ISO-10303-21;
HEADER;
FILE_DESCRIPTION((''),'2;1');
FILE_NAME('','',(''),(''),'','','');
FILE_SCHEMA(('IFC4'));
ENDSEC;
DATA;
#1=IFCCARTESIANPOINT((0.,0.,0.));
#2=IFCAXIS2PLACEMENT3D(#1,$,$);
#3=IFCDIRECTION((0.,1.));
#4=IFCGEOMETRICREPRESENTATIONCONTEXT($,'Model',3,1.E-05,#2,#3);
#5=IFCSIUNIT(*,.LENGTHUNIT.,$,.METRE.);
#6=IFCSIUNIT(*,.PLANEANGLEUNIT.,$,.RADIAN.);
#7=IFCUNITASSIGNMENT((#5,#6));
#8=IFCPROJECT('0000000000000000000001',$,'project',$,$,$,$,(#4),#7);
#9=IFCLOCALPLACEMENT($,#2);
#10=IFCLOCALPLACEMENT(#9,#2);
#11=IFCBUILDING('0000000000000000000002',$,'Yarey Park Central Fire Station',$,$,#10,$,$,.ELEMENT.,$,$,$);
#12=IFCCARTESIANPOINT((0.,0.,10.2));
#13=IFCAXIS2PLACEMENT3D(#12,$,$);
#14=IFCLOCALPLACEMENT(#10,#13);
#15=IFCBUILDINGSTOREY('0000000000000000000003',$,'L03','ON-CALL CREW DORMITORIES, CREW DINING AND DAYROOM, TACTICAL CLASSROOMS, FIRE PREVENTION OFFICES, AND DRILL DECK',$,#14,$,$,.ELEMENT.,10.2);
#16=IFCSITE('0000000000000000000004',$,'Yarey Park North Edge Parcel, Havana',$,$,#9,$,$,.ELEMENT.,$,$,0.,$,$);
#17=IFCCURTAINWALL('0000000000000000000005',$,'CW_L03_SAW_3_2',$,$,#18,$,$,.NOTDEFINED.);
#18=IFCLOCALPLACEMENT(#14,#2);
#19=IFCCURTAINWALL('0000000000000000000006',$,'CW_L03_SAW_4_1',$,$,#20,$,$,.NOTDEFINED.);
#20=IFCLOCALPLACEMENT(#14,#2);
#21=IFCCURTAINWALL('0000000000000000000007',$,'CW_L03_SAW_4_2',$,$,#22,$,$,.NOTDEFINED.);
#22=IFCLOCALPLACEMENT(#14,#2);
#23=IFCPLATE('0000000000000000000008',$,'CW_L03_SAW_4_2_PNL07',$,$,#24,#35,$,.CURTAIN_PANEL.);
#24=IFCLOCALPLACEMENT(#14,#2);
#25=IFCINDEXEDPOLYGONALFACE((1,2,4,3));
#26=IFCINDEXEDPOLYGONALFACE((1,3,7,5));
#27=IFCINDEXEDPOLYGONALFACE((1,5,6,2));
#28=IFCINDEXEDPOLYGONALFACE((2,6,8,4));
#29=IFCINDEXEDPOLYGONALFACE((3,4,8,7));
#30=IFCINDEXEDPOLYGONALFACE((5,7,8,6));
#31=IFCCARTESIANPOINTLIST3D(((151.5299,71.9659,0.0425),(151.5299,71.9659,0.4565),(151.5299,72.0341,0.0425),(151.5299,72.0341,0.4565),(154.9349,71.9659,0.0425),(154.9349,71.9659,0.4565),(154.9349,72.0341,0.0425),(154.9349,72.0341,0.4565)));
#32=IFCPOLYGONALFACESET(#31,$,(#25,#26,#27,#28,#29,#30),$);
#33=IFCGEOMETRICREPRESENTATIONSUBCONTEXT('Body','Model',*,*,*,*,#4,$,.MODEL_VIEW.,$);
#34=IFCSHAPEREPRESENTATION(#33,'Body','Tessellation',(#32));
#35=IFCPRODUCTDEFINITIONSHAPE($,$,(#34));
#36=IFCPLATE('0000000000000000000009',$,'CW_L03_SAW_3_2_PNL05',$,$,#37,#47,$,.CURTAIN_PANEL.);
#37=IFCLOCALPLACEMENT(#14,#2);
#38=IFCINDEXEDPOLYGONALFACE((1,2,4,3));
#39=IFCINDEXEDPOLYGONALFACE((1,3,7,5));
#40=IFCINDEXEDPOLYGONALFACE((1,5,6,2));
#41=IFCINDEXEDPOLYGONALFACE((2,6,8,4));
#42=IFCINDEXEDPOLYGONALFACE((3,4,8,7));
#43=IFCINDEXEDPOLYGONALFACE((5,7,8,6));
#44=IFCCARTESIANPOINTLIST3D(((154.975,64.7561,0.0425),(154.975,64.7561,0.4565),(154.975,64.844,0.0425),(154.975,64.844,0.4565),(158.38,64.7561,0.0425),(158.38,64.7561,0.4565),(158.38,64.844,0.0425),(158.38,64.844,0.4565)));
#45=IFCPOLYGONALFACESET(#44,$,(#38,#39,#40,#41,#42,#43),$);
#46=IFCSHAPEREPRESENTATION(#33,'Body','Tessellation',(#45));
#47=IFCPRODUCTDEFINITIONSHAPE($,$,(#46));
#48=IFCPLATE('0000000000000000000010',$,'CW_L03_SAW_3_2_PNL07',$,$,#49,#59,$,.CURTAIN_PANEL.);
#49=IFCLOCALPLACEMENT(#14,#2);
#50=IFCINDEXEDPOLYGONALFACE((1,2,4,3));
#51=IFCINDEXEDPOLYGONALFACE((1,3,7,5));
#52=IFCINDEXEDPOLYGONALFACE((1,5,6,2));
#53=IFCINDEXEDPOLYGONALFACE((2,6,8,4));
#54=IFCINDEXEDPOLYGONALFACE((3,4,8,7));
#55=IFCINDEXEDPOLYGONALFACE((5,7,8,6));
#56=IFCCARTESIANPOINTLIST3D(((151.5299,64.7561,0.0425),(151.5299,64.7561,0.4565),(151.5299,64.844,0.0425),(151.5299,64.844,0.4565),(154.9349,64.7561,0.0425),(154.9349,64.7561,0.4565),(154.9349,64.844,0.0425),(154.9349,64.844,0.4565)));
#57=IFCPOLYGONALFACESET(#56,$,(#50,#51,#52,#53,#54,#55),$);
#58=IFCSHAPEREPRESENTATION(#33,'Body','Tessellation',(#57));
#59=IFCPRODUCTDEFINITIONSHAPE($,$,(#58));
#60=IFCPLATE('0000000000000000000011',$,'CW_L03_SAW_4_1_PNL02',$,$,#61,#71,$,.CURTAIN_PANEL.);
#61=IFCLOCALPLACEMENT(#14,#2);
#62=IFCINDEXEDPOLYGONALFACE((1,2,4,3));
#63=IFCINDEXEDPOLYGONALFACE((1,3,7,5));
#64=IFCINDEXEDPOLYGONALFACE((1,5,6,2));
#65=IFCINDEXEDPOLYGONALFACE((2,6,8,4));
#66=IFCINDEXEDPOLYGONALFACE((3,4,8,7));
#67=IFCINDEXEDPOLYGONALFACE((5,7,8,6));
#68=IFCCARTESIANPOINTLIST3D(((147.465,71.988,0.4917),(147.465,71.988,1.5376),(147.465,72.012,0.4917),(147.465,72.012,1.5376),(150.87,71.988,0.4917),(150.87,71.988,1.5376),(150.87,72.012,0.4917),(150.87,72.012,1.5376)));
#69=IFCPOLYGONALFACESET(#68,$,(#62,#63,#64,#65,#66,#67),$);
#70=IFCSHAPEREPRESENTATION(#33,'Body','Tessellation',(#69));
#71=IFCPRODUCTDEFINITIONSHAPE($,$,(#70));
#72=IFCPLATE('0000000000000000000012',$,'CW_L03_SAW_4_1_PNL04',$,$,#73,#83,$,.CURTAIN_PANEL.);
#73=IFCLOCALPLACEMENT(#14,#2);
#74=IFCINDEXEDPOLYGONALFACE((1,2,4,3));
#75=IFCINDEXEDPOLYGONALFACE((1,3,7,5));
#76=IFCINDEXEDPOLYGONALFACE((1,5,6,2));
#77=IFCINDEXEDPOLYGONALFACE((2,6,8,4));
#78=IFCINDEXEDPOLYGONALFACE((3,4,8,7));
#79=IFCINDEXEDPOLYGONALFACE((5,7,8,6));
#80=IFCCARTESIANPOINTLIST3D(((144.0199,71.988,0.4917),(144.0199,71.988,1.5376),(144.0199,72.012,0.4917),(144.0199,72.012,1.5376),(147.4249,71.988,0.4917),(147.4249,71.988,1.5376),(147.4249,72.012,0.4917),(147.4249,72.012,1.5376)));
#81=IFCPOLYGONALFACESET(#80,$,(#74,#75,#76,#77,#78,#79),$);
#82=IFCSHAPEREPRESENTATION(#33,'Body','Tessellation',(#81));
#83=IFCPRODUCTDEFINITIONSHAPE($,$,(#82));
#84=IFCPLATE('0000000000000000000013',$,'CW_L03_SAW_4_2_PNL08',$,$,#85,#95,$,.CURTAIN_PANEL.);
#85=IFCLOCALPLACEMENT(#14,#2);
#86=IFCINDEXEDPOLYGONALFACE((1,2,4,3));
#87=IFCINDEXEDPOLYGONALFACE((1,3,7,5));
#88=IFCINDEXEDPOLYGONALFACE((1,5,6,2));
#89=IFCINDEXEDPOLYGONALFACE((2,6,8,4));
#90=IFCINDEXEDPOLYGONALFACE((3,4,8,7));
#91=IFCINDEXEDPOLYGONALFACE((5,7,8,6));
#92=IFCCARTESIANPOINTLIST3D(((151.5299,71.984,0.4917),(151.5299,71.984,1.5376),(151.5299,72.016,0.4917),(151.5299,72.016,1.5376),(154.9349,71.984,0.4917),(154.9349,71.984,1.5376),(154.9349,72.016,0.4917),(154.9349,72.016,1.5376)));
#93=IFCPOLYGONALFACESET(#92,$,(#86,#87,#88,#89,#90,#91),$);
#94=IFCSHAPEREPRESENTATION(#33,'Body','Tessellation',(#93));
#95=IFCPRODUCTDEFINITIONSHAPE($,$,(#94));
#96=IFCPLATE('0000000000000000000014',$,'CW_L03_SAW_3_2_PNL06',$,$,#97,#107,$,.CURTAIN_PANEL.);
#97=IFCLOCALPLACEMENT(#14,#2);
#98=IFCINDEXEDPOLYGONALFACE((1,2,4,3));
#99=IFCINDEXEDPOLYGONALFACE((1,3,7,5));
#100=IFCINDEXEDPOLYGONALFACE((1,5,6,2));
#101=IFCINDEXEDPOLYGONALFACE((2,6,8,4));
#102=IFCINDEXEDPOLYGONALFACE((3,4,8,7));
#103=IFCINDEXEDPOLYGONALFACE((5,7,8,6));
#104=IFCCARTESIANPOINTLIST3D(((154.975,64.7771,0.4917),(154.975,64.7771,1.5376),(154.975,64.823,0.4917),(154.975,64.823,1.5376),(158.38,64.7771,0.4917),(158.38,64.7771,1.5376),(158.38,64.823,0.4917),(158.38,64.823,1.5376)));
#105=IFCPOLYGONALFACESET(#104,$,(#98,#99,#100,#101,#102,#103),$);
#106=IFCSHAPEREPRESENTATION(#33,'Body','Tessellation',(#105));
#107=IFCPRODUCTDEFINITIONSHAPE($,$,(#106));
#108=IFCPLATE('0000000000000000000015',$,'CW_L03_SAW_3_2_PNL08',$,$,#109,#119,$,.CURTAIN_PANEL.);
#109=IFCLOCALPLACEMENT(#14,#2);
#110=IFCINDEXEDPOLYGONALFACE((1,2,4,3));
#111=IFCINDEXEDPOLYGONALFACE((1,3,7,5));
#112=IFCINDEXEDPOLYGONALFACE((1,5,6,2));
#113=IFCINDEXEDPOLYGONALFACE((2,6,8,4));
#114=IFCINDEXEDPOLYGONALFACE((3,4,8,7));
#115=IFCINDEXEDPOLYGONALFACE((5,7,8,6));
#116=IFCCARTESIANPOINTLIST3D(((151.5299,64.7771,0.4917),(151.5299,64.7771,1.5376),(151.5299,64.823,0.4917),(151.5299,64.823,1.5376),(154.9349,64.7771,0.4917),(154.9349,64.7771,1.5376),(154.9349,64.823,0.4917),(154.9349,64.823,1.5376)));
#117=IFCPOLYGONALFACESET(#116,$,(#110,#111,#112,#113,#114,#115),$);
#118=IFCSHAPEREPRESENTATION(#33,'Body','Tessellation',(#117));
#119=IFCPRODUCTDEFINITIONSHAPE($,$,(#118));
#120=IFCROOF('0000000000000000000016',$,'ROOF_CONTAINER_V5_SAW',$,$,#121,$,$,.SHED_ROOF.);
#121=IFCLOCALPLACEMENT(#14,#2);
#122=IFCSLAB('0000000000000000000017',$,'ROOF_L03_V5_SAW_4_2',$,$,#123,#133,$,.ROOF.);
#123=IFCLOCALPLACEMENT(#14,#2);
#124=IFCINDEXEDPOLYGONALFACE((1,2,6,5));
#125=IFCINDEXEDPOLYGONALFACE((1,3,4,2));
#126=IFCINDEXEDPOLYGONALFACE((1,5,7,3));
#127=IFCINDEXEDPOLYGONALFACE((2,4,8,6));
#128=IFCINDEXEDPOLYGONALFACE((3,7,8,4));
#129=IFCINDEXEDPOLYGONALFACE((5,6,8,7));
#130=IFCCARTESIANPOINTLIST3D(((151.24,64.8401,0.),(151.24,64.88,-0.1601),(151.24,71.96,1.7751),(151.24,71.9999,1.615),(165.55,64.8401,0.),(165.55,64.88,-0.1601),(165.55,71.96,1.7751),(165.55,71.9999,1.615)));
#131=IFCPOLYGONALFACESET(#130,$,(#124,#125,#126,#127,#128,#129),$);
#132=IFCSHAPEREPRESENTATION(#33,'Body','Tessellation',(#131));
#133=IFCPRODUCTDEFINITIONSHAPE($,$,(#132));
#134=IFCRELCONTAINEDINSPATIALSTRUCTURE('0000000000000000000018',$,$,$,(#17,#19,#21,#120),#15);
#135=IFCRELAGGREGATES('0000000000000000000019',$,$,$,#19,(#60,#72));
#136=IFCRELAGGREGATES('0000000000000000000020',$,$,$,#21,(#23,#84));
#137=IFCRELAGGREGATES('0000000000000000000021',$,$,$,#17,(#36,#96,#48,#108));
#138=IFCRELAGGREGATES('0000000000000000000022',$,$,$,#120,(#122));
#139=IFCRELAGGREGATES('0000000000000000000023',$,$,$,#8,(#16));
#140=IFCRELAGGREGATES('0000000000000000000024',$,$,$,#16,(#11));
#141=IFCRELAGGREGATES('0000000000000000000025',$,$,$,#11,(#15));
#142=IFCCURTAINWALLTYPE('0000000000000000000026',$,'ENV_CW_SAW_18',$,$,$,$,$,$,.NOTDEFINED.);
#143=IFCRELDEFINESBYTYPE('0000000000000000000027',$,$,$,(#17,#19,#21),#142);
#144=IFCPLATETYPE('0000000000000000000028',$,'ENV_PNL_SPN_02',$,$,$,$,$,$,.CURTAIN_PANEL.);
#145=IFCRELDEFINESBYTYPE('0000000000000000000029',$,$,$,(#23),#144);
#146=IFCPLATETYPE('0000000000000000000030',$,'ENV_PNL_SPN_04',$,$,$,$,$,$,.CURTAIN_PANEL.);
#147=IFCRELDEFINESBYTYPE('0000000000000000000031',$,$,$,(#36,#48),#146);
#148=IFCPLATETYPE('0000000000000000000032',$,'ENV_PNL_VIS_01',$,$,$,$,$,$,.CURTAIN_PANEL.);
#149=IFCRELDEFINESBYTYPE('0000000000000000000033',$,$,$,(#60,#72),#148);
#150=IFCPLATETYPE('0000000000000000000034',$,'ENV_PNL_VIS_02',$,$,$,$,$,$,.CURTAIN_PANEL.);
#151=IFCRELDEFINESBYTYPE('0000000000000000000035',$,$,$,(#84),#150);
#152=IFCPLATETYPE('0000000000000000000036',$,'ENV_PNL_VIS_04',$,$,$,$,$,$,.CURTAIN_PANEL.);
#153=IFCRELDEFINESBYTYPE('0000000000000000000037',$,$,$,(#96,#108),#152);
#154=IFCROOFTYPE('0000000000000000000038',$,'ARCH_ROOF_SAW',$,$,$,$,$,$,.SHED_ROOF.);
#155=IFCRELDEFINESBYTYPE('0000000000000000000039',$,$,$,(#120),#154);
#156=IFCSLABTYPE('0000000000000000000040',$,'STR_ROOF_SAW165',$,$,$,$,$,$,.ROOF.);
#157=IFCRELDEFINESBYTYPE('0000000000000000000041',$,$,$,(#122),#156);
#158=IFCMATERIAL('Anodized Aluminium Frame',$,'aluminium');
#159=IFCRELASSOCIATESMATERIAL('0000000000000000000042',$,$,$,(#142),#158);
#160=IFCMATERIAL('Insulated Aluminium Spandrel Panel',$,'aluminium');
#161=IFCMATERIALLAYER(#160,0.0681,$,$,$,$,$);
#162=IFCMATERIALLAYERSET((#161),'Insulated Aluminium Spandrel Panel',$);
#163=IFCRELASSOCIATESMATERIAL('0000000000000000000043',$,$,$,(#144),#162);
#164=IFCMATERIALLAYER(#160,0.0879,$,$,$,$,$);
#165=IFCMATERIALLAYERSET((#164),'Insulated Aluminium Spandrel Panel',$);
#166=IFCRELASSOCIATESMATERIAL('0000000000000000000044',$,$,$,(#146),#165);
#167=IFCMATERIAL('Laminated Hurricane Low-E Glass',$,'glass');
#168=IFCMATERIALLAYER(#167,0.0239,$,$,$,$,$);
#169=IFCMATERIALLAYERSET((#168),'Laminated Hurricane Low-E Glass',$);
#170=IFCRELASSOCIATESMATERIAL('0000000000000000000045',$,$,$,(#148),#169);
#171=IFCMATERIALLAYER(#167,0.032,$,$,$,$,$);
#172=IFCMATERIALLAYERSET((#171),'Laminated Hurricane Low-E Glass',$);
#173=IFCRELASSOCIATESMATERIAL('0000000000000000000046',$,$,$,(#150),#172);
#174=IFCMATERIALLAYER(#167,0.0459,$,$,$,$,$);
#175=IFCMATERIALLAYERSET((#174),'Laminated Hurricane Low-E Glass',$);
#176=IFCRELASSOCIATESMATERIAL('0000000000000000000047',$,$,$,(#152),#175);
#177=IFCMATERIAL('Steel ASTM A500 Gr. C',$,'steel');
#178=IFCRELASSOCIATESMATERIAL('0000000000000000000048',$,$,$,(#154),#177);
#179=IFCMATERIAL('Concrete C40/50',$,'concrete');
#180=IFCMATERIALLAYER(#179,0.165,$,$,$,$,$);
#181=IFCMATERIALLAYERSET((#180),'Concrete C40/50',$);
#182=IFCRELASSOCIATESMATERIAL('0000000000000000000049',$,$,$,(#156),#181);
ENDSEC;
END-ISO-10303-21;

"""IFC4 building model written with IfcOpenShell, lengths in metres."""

from ifc_helpers import new_model, si_unit, direction, frame, origin, origin_2d, place, context, subcontext, project, spatial, polyline, rectangle, outline, extrude, material, layer, layer_set, type_object, element, aggregate, save


model = new_model("IFC4")

# Units and contexts
model_context = context("Model", 3, precision=1e-05, world=origin(), true_north=direction((0.0, 1.0)))
body_context = subcontext(model_context, "Body", "Model", "MODEL_VIEW")
ifc_project = project(units=[si_unit("LENGTHUNIT", "METRE"), si_unit("PLANEANGLEUNIT", "RADIAN")], contexts=[model_context])

# Site, building, storey
site_placement = place(None, origin())
site = spatial("IfcSite", under=ifc_project, at=site_placement, Name="Yarey Park North Edge Parcel, Havana", CompositionType="ELEMENT", RefElevation=0.0)
building_placement = place(site_placement, origin())
building = spatial("IfcBuilding", under=site, at=building_placement, Name="Yarey Park Central Fire Station", CompositionType="ELEMENT")
storey_placement = place(building_placement, frame((0.0, 0.0, 10.2)))
storey = spatial("IfcBuildingStorey", under=building, at=storey_placement, Name="L03", Description="ON-CALL CREW DORMITORIES, CREW DINING AND DAYROOM, TACTICAL CLASSROOMS, FIRE PREVENTION OFFICES, AND DRILL DECK", CompositionType="ELEMENT", Elevation=10.2)

# Curtain walls
ifc_material_1 = material(Name="Anodized Aluminium Frame", Category="aluminium")
curtain_wall_type = type_object("IfcCurtainWallType", Name="ENV_CW_SAW_18", PredefinedType="NOTDEFINED", material=ifc_material_1)
curtain_wall_1_placement = place(storey_placement, origin())
curtain_wall_1 = element("IfcCurtainWall", 1, at=curtain_wall_1_placement, inside=storey, type_object=curtain_wall_type, Name="CW_L03_SAW_3_2", PredefinedType="NOTDEFINED")
curtain_wall_2_placement = place(storey_placement, origin())
curtain_wall_2 = element("IfcCurtainWall", 2, at=curtain_wall_2_placement, inside=storey, type_object=curtain_wall_type, Name="CW_L03_SAW_4_1", PredefinedType="NOTDEFINED")
curtain_wall_3_placement = place(storey_placement, origin())
curtain_wall_3 = element("IfcCurtainWall", 3, at=curtain_wall_3_placement, inside=storey, type_object=curtain_wall_type, Name="CW_L03_SAW_4_2", PredefinedType="NOTDEFINED")

# Shared definitions
ifc_material_2 = material(Name="Steel ASTM A500 Gr. C", Category="steel")

# Plates
ifc_material_3 = material(Name="Insulated Aluminium Spandrel Panel", Category="aluminium")
ifc_layer_1 = layer(ifc_material_3, 0.0681)
ifc_layer_set_1 = layer_set([ifc_layer_1], Name="Insulated Aluminium Spandrel Panel")
plate_type_1 = type_object("IfcPlateType", Name="ENV_PNL_SPN_02", PredefinedType="CURTAIN_PANEL", material=ifc_layer_set_1)
plate_1_placement = place(storey_placement, frame((153.2324, 72.0, 0.0425), z_axis=(0.0, 0.0, 1.0), x_axis=(-1.0, 0.0, 0.0)))
plate_1 = element("IfcPlate", 4, at=plate_1_placement, type_object=plate_type_1, Name="CW_L03_SAW_4_2_PNL07", PredefinedType="CURTAIN_PANEL", context=body_context, shape_type="SweptSolid", body=[
    extrude(rectangle(XDim=3.405, YDim=0.0681, at=origin_2d()), origin(), (0.0, 0.0, 1.0), 0.4141),
])
ifc_layer_2 = layer(ifc_material_3, 0.0879)
ifc_layer_set_2 = layer_set([ifc_layer_2], Name="Insulated Aluminium Spandrel Panel")
plate_type_2 = type_object("IfcPlateType", Name="ENV_PNL_SPN_04", PredefinedType="CURTAIN_PANEL", material=ifc_layer_set_2)
plate_2_placement = place(storey_placement, frame((156.6775, 64.8, 0.0425), z_axis=(0.0, 0.0, 1.0), x_axis=(-1.0, 0.0, 0.0)))
plate_2 = element("IfcPlate", 5, at=plate_2_placement, type_object=plate_type_2, Name="CW_L03_SAW_3_2_PNL05", PredefinedType="CURTAIN_PANEL", context=body_context, shape_type="SweptSolid", body=[
    extrude(rectangle(XDim=3.405, YDim=0.0879, at=origin_2d()), origin(), (0.0, 0.0, 1.0), 0.4141),
])
plate_3_placement = place(storey_placement, frame((153.2324, 64.8, 0.0425), z_axis=(0.0, 0.0, 1.0), x_axis=(-1.0, 0.0, 0.0)))
plate_3 = element("IfcPlate", 6, at=plate_3_placement, type_object=plate_type_2, Name="CW_L03_SAW_3_2_PNL07", PredefinedType="CURTAIN_PANEL", context=body_context, shape_type="SweptSolid", body=[
    extrude(rectangle(XDim=3.405, YDim=0.0879, at=origin_2d()), origin(), (0.0, 0.0, 1.0), 0.4141),
])
ifc_material_4 = material(Name="Laminated Hurricane Low-E Glass", Category="glass")
ifc_layer_3 = layer(ifc_material_4, 0.0239)
ifc_layer_set_3 = layer_set([ifc_layer_3], Name="Laminated Hurricane Low-E Glass")
plate_type_3 = type_object("IfcPlateType", Name="ENV_PNL_VIS_01", PredefinedType="CURTAIN_PANEL", material=ifc_layer_set_3)
plate_4_placement = place(storey_placement, frame((149.1675, 72.0, 0.4917), z_axis=(0.0, 0.0, 1.0), x_axis=(-1.0, 0.0, 0.0)))
plate_4 = element("IfcPlate", 7, at=plate_4_placement, type_object=plate_type_3, Name="CW_L03_SAW_4_1_PNL02", PredefinedType="CURTAIN_PANEL", context=body_context, shape_type="SweptSolid", body=[
    extrude(rectangle(XDim=3.405, YDim=0.0239, at=origin_2d()), origin(), (0.0, 0.0, 1.0), 1.0459),
])
plate_5_placement = place(storey_placement, frame((145.7224, 72.0, 0.4917), z_axis=(0.0, 0.0, 1.0), x_axis=(-1.0, 0.0, 0.0)))
plate_5 = element("IfcPlate", 8, at=plate_5_placement, type_object=plate_type_3, Name="CW_L03_SAW_4_1_PNL04", PredefinedType="CURTAIN_PANEL", context=body_context, shape_type="SweptSolid", body=[
    extrude(rectangle(XDim=3.405, YDim=0.0239, at=origin_2d()), origin(), (0.0, 0.0, 1.0), 1.0459),
])
aggregate(curtain_wall_2, [plate_4, plate_5])
ifc_layer_4 = layer(ifc_material_4, 0.032)
ifc_layer_set_4 = layer_set([ifc_layer_4], Name="Laminated Hurricane Low-E Glass")
plate_type_4 = type_object("IfcPlateType", Name="ENV_PNL_VIS_02", PredefinedType="CURTAIN_PANEL", material=ifc_layer_set_4)
plate_6_placement = place(storey_placement, frame((153.2324, 72.0, 0.4917), z_axis=(0.0, 0.0, 1.0), x_axis=(-1.0, 0.0, 0.0)))
plate_6 = element("IfcPlate", 9, at=plate_6_placement, type_object=plate_type_4, Name="CW_L03_SAW_4_2_PNL08", PredefinedType="CURTAIN_PANEL", context=body_context, shape_type="SweptSolid", body=[
    extrude(rectangle(XDim=3.405, YDim=0.032, at=origin_2d()), origin(), (0.0, 0.0, 1.0), 1.0459),
])
aggregate(curtain_wall_3, [plate_1, plate_6])
ifc_layer_5 = layer(ifc_material_4, 0.0459)
ifc_layer_set_5 = layer_set([ifc_layer_5], Name="Laminated Hurricane Low-E Glass")
plate_type_5 = type_object("IfcPlateType", Name="ENV_PNL_VIS_04", PredefinedType="CURTAIN_PANEL", material=ifc_layer_set_5)
plate_7_placement = place(storey_placement, frame((156.6775, 64.8, 0.4917), z_axis=(0.0, 0.0, 1.0), x_axis=(-1.0, 0.0, 0.0)))
plate_7 = element("IfcPlate", 10, at=plate_7_placement, type_object=plate_type_5, Name="CW_L03_SAW_3_2_PNL06", PredefinedType="CURTAIN_PANEL", context=body_context, shape_type="SweptSolid", body=[
    extrude(rectangle(XDim=3.405, YDim=0.0459, at=origin_2d()), origin(), (0.0, 0.0, 1.0), 1.0459),
])
plate_8_placement = place(storey_placement, frame((153.2324, 64.8, 0.4917), z_axis=(0.0, 0.0, 1.0), x_axis=(-1.0, 0.0, 0.0)))
plate_8 = element("IfcPlate", 11, at=plate_8_placement, type_object=plate_type_5, Name="CW_L03_SAW_3_2_PNL08", PredefinedType="CURTAIN_PANEL", context=body_context, shape_type="SweptSolid", body=[
    extrude(rectangle(XDim=3.405, YDim=0.0459, at=origin_2d()), origin(), (0.0, 0.0, 1.0), 1.0459),
])
aggregate(curtain_wall_1, [plate_2, plate_7, plate_3, plate_8])

# Roof, slab
roof_type = type_object("IfcRoofType", Name="ARCH_ROOF_SAW", PredefinedType="SHED_ROOF", material=ifc_material_2)
roof_placement = place(storey_placement, origin())
roof = element("IfcRoof", 12, at=roof_placement, inside=storey, type_object=roof_type, Name="ROOF_CONTAINER_V5_SAW", PredefinedType="SHED_ROOF")
ifc_material_5 = material(Name="Concrete C40/50", Category="concrete")
ifc_layer_6 = layer(ifc_material_5, 0.165)
ifc_layer_set_6 = layer_set([ifc_layer_6], Name="Concrete C40/50")
slab_type = type_object("IfcSlabType", Name="STR_ROOF_SAW165", PredefinedType="ROOF", material=ifc_layer_set_6)
slab_placement = place(storey_placement, frame((151.24, 64.8401, 0.0), z_axis=(0.0, -0.241917, 0.970297), x_axis=(1.0, 0.0, 0.0)))
slab = element("IfcSlab", 13, at=slab_placement, type_object=slab_type, Name="ROOF_L03_V5_SAW_4_2", PredefinedType="ROOF", context=body_context, shape_type="SweptSolid", body=[
    extrude(outline(polyline([(0.0, 0.0), (14.3101, 0.0), (14.3101, 7.3378), (0.0, 7.3378), (0.0, 0.0)])), origin(), (0.0, 0.0, -1.0), 0.165),
])
aggregate(roof, [slab])

save(model, "model.ifc")
